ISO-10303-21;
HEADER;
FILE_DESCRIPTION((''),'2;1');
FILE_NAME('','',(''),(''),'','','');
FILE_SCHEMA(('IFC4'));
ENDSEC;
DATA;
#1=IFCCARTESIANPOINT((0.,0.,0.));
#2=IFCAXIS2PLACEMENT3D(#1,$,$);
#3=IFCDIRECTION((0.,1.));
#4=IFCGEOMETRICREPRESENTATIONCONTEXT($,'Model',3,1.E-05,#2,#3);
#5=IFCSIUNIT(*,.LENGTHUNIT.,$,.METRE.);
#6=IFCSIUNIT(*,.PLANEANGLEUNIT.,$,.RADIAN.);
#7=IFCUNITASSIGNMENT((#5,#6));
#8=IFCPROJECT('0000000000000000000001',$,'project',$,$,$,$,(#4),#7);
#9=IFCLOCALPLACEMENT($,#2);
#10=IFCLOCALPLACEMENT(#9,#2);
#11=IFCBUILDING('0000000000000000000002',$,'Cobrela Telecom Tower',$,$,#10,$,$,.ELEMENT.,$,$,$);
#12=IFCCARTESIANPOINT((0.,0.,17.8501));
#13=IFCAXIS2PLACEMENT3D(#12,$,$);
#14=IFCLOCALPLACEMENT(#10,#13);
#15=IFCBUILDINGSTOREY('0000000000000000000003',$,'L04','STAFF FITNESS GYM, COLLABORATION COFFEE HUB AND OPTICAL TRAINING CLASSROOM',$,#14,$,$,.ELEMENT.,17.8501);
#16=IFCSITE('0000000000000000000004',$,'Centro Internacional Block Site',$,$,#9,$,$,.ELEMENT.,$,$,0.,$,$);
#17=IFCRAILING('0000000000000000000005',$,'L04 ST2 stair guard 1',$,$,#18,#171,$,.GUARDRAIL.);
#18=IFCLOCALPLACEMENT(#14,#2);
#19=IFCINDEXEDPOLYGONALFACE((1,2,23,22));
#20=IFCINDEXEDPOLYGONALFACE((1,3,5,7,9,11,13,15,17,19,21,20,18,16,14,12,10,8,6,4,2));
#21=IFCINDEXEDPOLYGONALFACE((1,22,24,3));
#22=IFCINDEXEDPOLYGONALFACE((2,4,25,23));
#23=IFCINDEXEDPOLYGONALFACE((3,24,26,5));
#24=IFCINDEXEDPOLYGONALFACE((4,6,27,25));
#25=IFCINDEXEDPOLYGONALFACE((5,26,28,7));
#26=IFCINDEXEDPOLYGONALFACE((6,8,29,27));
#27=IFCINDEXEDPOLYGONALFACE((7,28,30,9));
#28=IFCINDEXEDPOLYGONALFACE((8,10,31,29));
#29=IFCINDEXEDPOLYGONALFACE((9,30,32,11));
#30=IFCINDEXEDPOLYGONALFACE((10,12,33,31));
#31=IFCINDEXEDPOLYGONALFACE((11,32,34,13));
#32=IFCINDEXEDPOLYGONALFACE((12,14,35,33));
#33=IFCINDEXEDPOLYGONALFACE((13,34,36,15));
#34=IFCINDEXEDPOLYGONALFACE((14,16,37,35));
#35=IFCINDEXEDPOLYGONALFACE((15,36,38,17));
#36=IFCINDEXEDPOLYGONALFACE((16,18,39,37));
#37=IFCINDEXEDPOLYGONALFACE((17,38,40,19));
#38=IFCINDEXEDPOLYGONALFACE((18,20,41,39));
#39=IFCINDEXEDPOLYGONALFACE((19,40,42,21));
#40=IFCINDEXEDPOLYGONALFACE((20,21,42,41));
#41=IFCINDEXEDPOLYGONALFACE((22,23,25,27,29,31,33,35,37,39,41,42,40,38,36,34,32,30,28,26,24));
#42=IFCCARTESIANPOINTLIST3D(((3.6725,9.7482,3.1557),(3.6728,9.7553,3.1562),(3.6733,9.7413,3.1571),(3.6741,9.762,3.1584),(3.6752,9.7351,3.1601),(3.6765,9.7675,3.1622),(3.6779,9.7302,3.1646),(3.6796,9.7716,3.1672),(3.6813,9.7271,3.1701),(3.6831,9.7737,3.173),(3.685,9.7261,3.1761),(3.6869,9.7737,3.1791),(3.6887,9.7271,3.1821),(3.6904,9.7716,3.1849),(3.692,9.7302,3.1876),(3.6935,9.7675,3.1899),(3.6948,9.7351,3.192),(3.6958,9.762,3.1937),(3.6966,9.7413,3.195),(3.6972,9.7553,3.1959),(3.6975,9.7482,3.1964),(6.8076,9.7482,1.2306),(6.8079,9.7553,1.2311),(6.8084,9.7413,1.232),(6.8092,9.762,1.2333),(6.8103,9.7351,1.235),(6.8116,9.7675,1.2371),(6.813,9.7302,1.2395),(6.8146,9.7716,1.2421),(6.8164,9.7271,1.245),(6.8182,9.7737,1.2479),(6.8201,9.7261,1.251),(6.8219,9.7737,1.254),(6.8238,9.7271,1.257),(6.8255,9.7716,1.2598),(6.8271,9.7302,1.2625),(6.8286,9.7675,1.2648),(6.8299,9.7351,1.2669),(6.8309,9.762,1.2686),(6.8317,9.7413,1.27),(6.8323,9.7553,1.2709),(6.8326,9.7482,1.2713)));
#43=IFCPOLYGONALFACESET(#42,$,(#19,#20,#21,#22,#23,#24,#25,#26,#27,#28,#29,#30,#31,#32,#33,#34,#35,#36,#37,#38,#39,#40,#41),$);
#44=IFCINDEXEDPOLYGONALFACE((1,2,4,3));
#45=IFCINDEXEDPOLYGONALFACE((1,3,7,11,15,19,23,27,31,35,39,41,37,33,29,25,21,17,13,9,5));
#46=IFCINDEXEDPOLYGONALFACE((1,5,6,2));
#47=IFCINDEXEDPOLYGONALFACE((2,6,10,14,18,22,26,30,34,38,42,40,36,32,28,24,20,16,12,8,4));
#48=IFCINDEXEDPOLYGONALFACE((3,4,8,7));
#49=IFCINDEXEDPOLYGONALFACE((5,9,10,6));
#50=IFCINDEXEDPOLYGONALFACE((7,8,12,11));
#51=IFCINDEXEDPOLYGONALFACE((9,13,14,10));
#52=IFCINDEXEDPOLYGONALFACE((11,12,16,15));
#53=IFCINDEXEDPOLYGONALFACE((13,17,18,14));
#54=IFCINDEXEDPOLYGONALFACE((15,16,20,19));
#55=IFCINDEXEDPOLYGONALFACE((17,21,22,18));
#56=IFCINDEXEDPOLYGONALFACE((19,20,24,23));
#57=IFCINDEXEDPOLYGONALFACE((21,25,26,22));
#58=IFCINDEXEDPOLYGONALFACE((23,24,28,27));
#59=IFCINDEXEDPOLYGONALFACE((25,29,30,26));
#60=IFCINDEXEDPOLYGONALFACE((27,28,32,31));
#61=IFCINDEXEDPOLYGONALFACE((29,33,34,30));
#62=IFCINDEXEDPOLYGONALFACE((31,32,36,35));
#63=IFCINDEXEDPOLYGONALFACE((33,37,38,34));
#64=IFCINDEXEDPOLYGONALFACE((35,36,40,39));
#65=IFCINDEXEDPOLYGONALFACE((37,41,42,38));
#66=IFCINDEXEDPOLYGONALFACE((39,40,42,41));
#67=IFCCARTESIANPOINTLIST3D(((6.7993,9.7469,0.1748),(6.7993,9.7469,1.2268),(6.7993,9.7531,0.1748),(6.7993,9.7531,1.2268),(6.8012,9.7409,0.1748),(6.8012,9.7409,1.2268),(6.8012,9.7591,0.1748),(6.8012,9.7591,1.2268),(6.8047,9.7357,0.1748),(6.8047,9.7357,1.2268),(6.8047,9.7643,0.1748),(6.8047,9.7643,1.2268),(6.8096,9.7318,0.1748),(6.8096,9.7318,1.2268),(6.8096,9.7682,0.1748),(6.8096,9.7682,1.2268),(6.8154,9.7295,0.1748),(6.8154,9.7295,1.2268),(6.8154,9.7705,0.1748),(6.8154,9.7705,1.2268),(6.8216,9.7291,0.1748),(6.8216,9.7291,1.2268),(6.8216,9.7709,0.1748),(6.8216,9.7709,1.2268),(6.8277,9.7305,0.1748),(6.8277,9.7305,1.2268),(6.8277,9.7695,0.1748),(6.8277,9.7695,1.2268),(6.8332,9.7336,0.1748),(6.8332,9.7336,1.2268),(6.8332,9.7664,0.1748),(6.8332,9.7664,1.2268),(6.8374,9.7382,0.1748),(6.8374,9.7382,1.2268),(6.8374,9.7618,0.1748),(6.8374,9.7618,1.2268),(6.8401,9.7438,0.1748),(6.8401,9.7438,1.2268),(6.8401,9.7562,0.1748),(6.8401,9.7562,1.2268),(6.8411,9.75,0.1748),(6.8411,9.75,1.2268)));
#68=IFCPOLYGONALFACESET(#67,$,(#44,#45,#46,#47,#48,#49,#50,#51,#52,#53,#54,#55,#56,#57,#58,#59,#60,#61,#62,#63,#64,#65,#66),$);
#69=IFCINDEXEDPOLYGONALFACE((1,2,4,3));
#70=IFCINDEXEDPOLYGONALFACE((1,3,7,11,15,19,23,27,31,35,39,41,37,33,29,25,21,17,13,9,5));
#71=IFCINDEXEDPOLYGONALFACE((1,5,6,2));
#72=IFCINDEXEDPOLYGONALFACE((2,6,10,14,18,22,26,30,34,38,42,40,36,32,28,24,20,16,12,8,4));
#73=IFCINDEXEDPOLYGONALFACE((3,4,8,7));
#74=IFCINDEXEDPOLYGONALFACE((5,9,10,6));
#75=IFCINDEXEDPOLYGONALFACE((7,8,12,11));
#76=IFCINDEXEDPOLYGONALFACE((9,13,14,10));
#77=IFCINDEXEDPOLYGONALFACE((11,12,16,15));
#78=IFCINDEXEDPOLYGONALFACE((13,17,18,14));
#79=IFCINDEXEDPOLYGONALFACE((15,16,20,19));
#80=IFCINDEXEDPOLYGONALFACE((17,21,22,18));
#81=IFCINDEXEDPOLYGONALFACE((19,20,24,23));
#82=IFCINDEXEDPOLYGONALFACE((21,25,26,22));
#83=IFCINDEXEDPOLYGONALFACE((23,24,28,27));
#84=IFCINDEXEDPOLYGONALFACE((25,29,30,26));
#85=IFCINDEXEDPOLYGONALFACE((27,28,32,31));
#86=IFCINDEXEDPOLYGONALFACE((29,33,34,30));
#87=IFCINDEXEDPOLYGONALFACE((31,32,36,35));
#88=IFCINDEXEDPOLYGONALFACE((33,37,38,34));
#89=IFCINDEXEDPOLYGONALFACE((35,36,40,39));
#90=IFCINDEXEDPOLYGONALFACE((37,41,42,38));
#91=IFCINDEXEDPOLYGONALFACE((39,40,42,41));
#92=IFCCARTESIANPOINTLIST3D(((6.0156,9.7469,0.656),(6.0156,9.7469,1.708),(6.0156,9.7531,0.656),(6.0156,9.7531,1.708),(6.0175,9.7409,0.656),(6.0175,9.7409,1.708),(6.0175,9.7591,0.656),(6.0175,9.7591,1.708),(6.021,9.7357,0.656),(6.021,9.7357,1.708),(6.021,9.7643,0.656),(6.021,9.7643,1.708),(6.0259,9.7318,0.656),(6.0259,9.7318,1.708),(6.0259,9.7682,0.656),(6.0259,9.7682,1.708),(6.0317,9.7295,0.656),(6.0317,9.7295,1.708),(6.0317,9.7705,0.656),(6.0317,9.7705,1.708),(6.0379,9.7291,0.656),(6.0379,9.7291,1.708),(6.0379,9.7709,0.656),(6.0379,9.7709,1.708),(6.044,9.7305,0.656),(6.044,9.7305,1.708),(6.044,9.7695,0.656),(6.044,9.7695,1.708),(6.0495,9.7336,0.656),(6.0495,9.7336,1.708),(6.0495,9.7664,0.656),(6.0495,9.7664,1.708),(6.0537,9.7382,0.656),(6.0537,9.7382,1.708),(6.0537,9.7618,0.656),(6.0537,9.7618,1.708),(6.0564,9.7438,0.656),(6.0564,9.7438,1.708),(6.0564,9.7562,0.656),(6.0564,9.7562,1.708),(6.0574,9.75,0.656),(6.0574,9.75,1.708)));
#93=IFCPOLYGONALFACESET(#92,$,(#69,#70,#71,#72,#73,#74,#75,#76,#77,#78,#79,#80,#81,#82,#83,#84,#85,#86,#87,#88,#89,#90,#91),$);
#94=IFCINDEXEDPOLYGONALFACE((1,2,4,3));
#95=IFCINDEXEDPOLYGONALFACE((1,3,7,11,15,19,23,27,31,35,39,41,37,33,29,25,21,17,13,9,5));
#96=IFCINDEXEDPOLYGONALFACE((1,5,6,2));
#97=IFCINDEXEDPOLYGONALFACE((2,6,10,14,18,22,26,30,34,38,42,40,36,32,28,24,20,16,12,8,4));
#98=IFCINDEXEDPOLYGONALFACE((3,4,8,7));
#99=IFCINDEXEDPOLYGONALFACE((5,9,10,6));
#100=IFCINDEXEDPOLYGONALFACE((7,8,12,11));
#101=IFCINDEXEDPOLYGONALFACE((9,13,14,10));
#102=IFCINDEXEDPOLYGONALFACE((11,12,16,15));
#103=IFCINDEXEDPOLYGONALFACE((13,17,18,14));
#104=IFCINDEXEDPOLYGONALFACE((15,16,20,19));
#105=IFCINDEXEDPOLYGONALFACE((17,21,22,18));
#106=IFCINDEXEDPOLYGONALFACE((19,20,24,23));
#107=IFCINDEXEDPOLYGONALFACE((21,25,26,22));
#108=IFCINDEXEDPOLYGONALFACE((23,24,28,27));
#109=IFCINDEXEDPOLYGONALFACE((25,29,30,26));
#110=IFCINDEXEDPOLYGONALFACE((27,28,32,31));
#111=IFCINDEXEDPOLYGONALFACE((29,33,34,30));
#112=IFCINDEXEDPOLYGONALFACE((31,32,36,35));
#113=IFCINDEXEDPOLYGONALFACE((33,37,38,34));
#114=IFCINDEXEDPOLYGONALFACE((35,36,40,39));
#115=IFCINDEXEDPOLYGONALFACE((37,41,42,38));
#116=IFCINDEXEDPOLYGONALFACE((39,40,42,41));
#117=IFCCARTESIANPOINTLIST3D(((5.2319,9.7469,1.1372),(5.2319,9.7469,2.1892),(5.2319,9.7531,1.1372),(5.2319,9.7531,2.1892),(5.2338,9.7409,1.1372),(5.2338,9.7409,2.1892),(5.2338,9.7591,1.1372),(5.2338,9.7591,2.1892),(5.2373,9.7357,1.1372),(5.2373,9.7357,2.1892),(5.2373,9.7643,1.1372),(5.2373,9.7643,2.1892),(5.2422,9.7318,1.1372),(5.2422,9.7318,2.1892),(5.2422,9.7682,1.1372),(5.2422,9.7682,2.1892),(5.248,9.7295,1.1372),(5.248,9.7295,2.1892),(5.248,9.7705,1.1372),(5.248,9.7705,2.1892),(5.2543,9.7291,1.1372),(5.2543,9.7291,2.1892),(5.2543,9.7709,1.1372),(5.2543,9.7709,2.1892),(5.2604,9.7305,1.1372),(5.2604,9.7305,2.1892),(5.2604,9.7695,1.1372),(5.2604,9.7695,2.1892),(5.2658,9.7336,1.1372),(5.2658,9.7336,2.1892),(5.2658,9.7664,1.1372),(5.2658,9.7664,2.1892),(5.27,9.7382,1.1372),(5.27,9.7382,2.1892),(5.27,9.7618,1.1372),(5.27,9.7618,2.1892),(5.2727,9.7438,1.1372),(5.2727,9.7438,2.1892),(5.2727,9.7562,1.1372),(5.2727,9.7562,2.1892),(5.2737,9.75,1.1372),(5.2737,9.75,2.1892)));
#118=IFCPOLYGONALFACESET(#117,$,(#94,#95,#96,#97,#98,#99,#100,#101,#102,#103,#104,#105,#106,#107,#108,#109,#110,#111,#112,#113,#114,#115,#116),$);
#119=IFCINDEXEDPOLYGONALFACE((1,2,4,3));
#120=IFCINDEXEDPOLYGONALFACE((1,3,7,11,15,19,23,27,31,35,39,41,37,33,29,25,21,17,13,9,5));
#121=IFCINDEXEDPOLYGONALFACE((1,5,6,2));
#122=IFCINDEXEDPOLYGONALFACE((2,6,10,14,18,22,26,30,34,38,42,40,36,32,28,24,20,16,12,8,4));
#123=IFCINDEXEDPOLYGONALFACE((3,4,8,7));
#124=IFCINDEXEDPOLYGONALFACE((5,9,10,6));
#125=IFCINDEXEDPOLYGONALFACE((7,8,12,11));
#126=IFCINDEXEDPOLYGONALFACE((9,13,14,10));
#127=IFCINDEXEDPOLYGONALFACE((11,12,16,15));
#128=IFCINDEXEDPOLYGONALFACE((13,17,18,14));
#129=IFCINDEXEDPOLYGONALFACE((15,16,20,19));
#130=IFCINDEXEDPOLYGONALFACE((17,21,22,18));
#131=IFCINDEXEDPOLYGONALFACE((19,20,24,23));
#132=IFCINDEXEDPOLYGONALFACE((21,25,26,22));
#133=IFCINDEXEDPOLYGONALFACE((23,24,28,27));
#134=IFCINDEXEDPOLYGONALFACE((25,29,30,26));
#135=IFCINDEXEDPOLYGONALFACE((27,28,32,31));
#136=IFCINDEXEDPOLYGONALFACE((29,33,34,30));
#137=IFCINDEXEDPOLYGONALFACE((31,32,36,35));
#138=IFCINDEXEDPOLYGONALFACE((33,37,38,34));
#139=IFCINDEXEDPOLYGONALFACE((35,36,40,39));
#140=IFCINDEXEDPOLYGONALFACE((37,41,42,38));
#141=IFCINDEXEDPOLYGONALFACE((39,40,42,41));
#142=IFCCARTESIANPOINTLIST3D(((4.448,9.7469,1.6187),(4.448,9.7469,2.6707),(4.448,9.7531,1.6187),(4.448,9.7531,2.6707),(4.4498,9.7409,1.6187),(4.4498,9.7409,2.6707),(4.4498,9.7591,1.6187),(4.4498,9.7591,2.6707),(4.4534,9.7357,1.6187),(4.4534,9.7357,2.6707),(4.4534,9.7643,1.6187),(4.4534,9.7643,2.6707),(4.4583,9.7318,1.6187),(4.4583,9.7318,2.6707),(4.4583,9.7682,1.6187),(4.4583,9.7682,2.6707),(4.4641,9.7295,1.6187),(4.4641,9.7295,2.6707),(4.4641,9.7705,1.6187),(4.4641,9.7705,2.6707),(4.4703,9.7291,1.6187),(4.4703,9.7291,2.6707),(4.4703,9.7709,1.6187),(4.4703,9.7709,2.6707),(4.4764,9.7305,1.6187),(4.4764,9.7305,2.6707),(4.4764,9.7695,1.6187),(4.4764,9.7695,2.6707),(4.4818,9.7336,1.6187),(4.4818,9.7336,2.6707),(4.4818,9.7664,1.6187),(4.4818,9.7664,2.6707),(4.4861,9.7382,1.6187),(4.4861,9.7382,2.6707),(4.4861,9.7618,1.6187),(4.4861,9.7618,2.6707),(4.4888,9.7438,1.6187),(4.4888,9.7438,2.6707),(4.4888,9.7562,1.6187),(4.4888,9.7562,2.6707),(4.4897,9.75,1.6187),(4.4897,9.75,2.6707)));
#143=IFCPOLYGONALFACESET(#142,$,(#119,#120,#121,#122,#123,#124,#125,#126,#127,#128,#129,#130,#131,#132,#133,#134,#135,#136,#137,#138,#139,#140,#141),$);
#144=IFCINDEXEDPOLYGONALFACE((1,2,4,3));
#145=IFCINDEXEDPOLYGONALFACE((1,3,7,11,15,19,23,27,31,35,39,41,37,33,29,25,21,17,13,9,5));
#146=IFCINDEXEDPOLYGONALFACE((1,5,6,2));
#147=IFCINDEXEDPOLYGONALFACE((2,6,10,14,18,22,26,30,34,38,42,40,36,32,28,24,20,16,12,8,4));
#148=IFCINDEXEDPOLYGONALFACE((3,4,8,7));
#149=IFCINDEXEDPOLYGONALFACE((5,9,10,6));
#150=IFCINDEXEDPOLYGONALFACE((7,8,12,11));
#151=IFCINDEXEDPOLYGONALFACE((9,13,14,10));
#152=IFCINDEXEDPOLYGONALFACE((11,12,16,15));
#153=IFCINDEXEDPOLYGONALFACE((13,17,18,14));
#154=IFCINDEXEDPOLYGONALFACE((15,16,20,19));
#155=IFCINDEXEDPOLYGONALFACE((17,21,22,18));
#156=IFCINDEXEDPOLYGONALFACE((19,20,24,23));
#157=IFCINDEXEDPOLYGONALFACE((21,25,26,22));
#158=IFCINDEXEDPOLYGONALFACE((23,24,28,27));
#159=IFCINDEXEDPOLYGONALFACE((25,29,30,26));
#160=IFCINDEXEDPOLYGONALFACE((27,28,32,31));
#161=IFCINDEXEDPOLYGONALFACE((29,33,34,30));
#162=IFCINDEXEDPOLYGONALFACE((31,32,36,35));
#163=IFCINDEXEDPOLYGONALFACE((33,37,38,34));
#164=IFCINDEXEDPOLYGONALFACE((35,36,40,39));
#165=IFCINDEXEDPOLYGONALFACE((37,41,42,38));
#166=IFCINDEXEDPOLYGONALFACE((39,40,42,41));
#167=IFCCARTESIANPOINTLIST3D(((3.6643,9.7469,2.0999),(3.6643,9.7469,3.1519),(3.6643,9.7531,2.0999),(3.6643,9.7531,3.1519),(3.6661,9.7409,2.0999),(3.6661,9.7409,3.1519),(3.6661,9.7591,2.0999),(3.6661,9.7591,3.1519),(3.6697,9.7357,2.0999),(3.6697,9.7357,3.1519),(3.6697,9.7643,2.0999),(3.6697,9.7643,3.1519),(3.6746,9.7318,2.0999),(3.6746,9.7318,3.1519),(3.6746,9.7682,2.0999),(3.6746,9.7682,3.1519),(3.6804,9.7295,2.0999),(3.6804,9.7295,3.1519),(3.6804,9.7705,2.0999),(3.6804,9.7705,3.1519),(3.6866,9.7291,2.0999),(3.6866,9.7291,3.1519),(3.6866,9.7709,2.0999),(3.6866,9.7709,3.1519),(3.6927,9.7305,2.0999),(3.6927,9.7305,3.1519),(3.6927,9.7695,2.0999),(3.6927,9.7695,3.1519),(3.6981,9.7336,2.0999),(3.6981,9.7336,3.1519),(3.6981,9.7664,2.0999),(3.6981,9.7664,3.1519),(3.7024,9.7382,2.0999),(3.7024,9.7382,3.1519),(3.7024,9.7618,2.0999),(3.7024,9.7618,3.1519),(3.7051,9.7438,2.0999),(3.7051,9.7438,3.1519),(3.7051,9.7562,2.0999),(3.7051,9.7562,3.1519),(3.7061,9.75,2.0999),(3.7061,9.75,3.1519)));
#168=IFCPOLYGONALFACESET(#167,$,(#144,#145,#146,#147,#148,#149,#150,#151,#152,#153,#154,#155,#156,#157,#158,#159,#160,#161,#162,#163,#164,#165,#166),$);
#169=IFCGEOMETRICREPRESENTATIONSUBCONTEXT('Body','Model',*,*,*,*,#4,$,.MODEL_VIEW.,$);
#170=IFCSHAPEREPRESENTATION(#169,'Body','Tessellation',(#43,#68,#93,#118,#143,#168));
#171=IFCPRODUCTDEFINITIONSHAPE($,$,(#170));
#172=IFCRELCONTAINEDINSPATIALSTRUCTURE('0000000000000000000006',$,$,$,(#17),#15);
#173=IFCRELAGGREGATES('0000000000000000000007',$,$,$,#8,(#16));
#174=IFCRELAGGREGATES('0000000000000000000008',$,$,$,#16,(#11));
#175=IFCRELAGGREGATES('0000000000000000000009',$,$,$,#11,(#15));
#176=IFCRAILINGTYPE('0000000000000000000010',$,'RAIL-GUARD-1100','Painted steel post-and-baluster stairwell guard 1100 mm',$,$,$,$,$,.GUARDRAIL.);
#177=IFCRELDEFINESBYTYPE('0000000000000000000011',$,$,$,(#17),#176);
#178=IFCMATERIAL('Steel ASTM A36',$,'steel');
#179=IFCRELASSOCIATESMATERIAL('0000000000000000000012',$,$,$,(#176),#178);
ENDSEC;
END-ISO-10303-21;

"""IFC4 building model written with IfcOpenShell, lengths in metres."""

from ifc_helpers import new_model, si_unit, direction, frame, origin, origin_2d, place, context, subcontext, project, spatial, circle, extrude, material, type_object, element, save


model = new_model("IFC4")

# Units and contexts
model_context = context("Model", 3, precision=1e-05, world=origin(), true_north=direction((0.0, 1.0)))
body_context = subcontext(model_context, "Body", "Model", "MODEL_VIEW")
ifc_project = project(units=[si_unit("LENGTHUNIT", "METRE"), si_unit("PLANEANGLEUNIT", "RADIAN")], contexts=[model_context])

# Site, building, storey
site_placement = place(None, origin())
site = spatial("IfcSite", under=ifc_project, at=site_placement, Name="Centro Internacional Block Site", CompositionType="ELEMENT", RefElevation=0.0)
building_placement = place(site_placement, origin())
building = spatial("IfcBuilding", under=site, at=building_placement, Name="Cobrela Telecom Tower", CompositionType="ELEMENT")
storey_placement = place(building_placement, frame((0.0, 0.0, 17.8501)))
storey = spatial("IfcBuildingStorey", under=building, at=storey_placement, Name="L04", Description="STAFF FITNESS GYM, COLLABORATION COFFEE HUB AND OPTICAL TRAINING CLASSROOM", CompositionType="ELEMENT", Elevation=17.8501)

# Railing
ifc_material_1 = material(Name="Steel ASTM A36", Category="steel")
railing_type_1 = type_object("IfcRailingType", Name="RAIL-GUARD-1100", Description="Painted steel post-and-baluster stairwell guard 1100 mm", PredefinedType="GUARDRAIL", material=ifc_material_1)
railing_1_placement = place(storey_placement, frame((6.8201, 9.75, 0.1748)))
element("IfcRailing", 1, at=railing_1_placement, inside=storey, type_object=railing_type_1, Name="L04 ST2 stair guard 1", PredefinedType="GUARDRAIL", context=body_context, shape_type="SweptSolid", body=[
    extrude(circle(Radius=0.0239, at=origin_2d()), frame((0.0, 0.0, 1.0762), z_axis=(-0.852166, 0.0, 0.523271), x_axis=(0.0, -1.0, 0.0)), (0.0, 0.0, 1.0), 3.679),
    extrude(circle(Radius=0.021, at=origin_2d()), origin(), (0.0, 0.0, 1.0), 1.052),
    extrude(circle(Radius=0.021, at=origin_2d()), frame((-0.7837, 0.0, 0.4812)), (0.0, 0.0, 1.0), 1.052),
    extrude(circle(Radius=0.021, at=origin_2d()), frame((-1.5674, 0.0, 0.9624)), (0.0, 0.0, 1.0), 1.052),
    extrude(circle(Radius=0.021, at=origin_2d()), frame((-2.3513, 0.0, 1.4438)), (0.0, 0.0, 1.0), 1.052),
    extrude(circle(Radius=0.021, at=origin_2d()), frame((-3.135, 0.0, 1.925)), (0.0, 0.0, 1.0), 1.052),
])

save(model, "model.ifc")
